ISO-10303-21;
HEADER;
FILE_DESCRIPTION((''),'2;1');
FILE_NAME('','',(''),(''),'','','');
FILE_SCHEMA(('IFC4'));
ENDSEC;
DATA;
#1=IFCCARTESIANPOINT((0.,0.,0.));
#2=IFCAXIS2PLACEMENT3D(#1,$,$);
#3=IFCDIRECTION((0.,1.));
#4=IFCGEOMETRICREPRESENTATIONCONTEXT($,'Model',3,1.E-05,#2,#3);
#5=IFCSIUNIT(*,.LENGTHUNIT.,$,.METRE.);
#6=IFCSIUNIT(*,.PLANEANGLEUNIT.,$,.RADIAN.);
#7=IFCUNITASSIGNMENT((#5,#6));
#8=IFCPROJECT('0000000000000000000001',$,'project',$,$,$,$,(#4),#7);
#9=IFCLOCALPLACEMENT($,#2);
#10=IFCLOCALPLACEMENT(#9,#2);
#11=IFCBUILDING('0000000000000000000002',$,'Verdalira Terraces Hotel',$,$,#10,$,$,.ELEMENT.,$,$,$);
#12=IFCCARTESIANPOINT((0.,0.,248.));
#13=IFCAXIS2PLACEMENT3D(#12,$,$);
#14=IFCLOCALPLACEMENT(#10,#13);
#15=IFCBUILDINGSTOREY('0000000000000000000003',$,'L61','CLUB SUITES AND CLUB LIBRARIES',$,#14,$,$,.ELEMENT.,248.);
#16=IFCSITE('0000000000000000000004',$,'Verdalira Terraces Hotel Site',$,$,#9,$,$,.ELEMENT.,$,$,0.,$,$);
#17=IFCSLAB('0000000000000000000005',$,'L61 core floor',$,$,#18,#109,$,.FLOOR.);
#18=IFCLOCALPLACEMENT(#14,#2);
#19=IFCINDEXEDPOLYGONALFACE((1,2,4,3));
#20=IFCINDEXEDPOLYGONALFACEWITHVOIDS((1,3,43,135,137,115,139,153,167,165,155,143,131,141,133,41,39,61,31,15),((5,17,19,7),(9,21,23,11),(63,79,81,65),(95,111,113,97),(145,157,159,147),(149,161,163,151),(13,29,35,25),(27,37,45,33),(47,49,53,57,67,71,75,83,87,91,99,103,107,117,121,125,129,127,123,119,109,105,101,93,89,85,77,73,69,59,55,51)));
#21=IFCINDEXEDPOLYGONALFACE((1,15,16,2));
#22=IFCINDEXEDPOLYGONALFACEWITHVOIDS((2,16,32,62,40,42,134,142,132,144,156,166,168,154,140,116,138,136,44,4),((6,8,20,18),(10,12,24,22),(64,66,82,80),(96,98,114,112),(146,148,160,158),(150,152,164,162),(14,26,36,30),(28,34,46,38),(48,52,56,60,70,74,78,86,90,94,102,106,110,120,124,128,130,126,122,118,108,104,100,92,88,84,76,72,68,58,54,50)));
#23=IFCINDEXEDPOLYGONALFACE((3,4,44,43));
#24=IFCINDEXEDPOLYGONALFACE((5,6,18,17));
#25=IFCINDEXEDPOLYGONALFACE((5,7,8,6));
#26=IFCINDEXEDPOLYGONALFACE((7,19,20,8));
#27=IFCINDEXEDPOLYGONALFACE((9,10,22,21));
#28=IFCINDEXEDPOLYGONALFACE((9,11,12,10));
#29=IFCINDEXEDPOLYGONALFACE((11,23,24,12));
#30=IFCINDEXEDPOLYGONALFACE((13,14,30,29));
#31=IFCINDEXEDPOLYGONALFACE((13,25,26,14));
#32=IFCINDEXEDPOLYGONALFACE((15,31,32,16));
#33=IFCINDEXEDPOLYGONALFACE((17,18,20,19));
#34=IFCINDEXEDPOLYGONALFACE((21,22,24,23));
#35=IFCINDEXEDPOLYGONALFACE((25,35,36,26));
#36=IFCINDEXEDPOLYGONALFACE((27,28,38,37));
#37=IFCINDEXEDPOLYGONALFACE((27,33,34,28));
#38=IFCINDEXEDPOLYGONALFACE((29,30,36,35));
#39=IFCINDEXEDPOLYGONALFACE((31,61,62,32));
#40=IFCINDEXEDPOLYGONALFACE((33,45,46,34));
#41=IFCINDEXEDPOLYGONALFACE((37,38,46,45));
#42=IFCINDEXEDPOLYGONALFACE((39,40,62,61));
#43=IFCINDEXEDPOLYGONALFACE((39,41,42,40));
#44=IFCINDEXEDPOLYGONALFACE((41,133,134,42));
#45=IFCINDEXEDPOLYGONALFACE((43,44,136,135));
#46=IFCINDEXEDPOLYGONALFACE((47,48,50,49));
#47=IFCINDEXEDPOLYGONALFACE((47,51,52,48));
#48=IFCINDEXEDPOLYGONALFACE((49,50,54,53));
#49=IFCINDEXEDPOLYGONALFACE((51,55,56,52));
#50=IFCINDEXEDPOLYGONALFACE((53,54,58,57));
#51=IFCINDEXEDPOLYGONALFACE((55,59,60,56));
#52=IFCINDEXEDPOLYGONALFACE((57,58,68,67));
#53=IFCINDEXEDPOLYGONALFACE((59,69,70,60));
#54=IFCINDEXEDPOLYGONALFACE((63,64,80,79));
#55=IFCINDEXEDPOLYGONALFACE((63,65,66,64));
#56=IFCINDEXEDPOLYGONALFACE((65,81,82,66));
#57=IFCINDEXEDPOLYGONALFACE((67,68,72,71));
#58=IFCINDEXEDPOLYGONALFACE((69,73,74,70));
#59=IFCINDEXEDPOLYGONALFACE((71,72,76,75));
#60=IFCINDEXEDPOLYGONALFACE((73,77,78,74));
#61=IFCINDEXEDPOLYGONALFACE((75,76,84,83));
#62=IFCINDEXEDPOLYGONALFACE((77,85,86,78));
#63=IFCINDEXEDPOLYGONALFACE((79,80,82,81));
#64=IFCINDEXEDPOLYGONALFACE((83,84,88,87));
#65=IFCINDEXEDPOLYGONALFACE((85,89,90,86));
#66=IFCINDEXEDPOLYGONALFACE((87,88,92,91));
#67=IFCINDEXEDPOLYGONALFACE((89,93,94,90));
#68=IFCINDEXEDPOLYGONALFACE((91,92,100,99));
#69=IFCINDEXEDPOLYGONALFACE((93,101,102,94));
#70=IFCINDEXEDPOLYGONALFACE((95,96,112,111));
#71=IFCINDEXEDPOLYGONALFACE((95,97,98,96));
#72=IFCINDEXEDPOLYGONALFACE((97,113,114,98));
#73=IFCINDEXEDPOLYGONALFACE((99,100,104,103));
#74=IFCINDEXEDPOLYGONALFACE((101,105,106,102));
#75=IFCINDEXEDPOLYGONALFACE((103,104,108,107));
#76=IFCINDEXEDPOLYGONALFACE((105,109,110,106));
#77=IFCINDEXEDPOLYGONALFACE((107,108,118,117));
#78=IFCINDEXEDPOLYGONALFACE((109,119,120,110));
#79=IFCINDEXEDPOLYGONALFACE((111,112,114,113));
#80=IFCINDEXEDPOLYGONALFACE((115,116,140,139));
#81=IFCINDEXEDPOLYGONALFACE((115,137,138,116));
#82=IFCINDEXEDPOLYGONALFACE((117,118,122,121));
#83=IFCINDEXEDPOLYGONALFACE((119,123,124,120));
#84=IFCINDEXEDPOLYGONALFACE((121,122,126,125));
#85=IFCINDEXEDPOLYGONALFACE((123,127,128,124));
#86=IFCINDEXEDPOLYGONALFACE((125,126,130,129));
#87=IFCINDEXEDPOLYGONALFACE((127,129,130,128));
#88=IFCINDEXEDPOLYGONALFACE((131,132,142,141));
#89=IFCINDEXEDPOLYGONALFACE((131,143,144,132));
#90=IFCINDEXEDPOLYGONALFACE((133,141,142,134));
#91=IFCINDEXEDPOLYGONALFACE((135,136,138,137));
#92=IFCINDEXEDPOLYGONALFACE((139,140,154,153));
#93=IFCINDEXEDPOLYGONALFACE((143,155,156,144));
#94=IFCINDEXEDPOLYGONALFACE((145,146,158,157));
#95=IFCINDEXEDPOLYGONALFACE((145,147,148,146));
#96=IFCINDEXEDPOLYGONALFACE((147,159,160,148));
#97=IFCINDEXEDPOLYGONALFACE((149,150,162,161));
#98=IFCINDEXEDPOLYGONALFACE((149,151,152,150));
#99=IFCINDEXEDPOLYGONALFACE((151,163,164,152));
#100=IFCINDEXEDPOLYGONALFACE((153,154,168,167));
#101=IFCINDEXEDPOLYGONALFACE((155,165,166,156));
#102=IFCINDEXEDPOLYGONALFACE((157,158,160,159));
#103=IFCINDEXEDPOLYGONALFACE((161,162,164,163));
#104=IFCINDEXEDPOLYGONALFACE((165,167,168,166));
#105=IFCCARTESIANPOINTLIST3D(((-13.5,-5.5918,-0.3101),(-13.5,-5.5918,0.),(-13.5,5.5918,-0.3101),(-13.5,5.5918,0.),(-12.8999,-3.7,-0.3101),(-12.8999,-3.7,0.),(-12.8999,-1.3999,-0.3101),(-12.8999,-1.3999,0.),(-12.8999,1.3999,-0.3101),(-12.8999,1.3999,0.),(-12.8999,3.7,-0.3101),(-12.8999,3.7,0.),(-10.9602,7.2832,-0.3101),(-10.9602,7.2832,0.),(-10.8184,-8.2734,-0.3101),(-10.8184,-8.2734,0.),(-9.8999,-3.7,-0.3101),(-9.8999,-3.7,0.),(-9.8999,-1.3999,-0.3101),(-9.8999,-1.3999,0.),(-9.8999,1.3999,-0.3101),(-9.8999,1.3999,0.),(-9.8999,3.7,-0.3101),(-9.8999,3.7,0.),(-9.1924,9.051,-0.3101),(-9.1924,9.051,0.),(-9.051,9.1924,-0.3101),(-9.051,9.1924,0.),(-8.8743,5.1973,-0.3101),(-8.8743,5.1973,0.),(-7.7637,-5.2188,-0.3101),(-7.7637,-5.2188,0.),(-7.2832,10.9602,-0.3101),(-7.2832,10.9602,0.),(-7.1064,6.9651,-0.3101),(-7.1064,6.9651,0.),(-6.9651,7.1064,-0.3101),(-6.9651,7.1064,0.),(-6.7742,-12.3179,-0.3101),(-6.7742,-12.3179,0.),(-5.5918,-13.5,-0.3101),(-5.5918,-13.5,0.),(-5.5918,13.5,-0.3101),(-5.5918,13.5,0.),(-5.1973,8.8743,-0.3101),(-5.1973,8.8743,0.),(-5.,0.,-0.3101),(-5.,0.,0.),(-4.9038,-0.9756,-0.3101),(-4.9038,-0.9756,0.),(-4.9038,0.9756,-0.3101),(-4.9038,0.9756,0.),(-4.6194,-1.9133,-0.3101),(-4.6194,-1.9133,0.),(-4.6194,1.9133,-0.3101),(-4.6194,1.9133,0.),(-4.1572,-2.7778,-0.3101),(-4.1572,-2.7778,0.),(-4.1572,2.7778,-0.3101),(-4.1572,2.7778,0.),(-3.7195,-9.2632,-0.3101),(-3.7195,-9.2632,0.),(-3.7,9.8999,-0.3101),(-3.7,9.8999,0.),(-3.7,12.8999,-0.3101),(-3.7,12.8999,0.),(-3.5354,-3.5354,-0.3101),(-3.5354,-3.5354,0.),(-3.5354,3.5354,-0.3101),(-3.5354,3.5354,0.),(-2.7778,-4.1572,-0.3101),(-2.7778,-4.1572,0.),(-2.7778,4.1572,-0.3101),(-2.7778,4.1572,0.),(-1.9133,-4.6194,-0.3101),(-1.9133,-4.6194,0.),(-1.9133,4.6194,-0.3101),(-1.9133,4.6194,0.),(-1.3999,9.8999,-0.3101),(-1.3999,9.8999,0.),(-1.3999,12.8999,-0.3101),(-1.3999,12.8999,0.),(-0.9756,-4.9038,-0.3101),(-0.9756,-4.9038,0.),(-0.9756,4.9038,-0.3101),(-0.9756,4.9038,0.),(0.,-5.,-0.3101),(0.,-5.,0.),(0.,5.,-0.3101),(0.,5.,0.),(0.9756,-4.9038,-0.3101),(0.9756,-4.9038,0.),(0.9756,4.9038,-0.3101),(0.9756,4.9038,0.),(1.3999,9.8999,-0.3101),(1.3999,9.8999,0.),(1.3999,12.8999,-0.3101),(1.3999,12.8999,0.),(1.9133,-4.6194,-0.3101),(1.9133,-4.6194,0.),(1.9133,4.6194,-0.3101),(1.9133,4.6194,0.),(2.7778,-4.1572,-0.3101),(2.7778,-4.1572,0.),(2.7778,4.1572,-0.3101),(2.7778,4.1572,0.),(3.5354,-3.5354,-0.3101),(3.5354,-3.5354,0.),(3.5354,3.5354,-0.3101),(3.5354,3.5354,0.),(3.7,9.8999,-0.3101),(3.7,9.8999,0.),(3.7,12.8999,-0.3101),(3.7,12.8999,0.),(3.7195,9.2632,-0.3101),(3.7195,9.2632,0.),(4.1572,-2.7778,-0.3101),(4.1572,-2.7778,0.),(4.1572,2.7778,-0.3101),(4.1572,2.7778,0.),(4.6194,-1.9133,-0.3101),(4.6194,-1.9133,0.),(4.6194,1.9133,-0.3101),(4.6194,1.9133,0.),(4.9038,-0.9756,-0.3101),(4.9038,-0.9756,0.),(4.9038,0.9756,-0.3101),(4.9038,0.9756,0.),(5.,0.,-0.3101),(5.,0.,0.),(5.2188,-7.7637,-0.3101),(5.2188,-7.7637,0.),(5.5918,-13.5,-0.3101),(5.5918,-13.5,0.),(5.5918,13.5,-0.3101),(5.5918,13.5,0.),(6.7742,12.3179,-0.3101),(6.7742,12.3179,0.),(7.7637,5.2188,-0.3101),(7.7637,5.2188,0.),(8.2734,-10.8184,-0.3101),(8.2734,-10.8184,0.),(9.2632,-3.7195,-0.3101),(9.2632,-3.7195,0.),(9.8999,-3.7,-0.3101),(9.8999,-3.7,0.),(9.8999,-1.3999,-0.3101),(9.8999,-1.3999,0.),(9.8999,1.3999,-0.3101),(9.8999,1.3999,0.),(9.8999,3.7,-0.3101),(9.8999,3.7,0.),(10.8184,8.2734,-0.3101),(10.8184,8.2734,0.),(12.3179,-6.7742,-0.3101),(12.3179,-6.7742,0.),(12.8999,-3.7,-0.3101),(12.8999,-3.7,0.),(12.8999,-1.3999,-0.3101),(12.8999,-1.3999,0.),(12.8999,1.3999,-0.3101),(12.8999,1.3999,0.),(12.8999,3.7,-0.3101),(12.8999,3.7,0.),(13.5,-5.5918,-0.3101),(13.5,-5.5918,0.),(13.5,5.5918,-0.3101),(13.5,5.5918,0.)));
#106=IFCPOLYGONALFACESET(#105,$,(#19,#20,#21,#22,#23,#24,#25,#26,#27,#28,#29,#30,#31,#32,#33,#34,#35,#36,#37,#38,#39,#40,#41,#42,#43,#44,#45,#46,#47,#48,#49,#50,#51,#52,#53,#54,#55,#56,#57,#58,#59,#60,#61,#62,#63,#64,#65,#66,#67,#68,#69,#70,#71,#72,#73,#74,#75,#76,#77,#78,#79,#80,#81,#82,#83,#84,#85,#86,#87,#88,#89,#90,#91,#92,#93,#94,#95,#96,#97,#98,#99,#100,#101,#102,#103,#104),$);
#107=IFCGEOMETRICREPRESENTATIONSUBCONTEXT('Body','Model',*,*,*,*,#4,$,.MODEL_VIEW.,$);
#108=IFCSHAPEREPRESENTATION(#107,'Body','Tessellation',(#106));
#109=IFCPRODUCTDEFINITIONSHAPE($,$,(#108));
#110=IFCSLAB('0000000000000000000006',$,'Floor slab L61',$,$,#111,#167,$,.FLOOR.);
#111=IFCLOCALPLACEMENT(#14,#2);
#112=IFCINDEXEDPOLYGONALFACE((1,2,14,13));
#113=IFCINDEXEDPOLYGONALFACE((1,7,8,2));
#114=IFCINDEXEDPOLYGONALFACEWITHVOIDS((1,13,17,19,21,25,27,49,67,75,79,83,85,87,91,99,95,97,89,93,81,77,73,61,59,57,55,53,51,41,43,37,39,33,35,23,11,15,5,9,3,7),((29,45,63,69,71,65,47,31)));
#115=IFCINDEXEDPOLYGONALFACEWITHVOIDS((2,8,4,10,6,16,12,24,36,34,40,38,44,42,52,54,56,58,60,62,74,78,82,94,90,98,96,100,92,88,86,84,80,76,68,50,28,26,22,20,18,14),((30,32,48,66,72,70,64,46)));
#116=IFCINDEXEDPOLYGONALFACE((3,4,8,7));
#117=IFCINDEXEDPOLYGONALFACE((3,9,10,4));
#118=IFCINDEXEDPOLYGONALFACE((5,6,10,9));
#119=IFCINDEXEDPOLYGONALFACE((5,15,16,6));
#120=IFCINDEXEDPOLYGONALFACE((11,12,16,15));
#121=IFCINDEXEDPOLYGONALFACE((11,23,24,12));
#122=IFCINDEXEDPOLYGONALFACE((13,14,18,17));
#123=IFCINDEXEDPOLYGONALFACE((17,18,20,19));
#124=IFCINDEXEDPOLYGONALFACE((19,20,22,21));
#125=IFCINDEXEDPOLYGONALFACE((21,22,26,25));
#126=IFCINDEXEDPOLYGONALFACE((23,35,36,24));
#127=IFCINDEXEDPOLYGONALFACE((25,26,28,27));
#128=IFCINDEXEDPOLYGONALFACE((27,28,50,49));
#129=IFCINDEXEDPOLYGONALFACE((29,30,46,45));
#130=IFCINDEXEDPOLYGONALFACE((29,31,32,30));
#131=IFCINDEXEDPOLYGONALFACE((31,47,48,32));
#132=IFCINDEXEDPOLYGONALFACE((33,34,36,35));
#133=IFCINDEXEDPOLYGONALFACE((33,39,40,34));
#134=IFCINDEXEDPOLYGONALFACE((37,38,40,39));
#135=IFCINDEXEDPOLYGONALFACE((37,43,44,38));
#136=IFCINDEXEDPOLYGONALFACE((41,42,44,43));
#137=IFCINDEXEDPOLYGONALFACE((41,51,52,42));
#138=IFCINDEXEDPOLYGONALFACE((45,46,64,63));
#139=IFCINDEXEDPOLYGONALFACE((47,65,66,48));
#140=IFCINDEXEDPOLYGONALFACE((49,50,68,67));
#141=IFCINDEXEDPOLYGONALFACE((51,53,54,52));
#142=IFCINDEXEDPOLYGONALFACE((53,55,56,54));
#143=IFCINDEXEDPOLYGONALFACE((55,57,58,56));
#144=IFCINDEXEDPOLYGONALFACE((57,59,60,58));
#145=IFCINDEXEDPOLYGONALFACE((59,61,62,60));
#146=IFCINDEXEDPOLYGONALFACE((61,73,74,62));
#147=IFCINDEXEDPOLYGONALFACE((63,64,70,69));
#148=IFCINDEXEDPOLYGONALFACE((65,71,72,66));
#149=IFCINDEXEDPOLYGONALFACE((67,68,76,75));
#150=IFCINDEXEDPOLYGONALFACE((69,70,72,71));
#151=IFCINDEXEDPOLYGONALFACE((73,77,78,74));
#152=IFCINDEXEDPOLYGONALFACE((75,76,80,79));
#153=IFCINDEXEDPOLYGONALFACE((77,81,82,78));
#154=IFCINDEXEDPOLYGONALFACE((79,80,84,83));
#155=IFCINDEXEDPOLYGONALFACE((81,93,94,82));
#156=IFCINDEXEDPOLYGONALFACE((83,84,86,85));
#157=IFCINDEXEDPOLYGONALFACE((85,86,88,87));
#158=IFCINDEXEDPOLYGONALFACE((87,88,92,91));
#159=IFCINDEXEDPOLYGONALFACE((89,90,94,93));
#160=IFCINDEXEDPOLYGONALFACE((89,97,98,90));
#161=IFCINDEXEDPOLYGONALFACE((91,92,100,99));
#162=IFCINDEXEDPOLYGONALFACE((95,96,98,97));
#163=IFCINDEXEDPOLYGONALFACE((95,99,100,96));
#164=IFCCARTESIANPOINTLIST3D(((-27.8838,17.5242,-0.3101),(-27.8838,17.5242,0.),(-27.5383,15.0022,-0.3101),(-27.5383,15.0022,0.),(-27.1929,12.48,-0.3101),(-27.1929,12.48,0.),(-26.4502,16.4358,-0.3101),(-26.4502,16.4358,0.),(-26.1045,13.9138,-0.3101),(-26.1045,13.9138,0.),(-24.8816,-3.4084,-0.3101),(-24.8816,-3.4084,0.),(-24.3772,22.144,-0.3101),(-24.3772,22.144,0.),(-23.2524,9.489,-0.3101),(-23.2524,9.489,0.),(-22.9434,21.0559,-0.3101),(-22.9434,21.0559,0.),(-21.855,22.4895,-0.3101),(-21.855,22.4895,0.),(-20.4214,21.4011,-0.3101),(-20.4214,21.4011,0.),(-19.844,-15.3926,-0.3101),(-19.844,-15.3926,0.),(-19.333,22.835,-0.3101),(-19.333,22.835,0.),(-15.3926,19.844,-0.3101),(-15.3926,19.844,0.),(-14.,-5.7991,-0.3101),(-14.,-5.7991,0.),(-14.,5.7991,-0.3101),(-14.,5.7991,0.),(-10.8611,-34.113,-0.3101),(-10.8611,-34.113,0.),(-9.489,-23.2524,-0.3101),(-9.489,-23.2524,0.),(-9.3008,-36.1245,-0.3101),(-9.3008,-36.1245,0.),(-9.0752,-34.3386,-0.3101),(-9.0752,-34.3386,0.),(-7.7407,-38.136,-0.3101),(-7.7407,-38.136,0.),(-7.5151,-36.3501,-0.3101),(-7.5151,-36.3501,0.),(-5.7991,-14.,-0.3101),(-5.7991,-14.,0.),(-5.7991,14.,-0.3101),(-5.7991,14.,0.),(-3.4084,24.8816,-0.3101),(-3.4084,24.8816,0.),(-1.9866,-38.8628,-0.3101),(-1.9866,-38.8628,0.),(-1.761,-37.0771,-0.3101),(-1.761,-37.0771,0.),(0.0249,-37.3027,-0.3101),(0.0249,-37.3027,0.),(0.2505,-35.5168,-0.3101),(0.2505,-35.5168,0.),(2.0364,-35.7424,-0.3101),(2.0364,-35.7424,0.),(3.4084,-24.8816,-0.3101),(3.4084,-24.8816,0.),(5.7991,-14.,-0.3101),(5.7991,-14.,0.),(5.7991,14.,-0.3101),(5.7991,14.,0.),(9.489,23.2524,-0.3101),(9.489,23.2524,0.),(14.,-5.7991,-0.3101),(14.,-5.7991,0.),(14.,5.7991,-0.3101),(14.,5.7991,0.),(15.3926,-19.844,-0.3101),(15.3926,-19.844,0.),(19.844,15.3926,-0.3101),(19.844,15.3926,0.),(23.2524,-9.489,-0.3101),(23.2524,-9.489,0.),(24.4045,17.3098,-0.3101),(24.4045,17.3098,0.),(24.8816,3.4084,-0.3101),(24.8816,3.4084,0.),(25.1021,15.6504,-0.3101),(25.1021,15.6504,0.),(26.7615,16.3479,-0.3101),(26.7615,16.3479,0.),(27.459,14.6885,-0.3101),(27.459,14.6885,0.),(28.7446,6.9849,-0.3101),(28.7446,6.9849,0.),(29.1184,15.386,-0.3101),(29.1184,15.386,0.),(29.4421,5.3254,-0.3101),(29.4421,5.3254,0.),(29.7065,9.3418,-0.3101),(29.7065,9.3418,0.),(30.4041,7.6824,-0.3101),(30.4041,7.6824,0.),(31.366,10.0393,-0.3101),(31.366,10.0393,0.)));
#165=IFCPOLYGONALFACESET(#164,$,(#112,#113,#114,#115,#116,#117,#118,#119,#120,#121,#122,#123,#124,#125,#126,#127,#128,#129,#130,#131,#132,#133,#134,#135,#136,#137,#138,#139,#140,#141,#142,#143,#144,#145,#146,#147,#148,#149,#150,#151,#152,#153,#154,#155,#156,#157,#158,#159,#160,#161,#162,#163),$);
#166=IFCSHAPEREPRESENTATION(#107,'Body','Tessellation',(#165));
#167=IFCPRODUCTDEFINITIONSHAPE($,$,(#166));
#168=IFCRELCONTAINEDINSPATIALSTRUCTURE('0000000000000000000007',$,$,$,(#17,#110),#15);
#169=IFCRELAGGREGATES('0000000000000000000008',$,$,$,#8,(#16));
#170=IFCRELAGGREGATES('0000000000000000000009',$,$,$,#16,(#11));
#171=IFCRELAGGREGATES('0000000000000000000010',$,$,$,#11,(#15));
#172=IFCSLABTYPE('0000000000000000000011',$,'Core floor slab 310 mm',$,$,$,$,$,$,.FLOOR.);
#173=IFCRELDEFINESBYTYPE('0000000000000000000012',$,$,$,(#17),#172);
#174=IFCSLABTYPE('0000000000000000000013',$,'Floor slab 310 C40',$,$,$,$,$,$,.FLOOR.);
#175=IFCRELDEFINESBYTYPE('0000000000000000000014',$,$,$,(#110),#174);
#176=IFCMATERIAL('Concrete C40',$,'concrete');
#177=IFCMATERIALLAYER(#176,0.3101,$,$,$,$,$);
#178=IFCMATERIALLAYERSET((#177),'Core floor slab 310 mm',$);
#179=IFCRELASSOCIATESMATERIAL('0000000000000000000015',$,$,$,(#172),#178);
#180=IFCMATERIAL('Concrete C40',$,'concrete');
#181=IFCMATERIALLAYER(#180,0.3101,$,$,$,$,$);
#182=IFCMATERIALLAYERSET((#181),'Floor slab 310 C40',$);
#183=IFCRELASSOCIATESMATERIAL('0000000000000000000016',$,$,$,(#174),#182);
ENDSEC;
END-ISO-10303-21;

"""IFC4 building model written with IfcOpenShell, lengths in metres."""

from ifc_helpers import new_model, si_unit, direction, frame, origin, place, context, subcontext, project, spatial, polyline, outline, extrude, material, layer, layer_set, type_object, element, save


model = new_model("IFC4")

# Units and contexts
model_context = context("Model", 3, precision=1e-05, world=origin(), true_north=direction((0.0, 1.0)))
body_context = subcontext(model_context, "Body", "Model", "MODEL_VIEW")
ifc_project = project(units=[si_unit("LENGTHUNIT", "METRE"), si_unit("PLANEANGLEUNIT", "RADIAN")], contexts=[model_context])

# Site, building, storey
site_placement = place(None, origin())
site = spatial("IfcSite", under=ifc_project, at=site_placement, Name="Verdalira Terraces Hotel Site", CompositionType="ELEMENT", RefElevation=0.0)
building_placement = place(site_placement, origin())
building = spatial("IfcBuilding", under=site, at=building_placement, Name="Verdalira Terraces Hotel", CompositionType="ELEMENT")
storey_placement = place(building_placement, frame((0.0, 0.0, 248.0)))
storey = spatial("IfcBuildingStorey", under=building, at=storey_placement, Name="L61", Description="CLUB SUITES AND CLUB LIBRARIES", CompositionType="ELEMENT", Elevation=248.0)

# Slabs
ifc_material_1 = material(Name="Concrete C40", Category="concrete")
ifc_layer_1 = layer(ifc_material_1, 0.3101)
ifc_layer_set_1 = layer_set([ifc_layer_1], Name="Core floor slab 310 mm")
slab_type_1 = type_object("IfcSlabType", Name="Core floor slab 310 mm", PredefinedType="FLOOR", material=ifc_layer_set_1)
slab_1_placement = place(storey_placement, frame((0.0, 0.0, -0.3101)))
element("IfcSlab", 1, at=slab_1_placement, inside=storey, type_object=slab_type_1, Name="L61 core floor", PredefinedType="FLOOR", context=body_context, shape_type="SweptSolid", body=[
    extrude(outline(polyline([(-6.7742, -12.3179), (-3.7195, -9.2632), (-7.7637, -5.2188), (-10.8184, -8.2734), (-13.5, -5.5918), (-13.5, 5.5918), (-5.5918, 13.5), (5.5918, 13.5), (6.7742, 12.3179), (3.7195, 9.2632), (7.7637, 5.2188), (10.8184, 8.2734), (13.5, 5.5918), (13.5, -5.5918), (12.3179, -6.7742), (9.2632, -3.7195), (5.2188, -7.7637), (8.2734, -10.8184), (5.5918, -13.5), (-5.5918, -13.5), (-6.7742, -12.3179)]), holes=[polyline([(9.8999, -1.3999), (9.8999, -3.7), (12.8999, -3.7), (12.8999, -1.3999), (9.8999, -1.3999)]), polyline([(9.8999, 3.7), (9.8999, 1.3999), (12.8999, 1.3999), (12.8999, 3.7), (9.8999, 3.7)]), polyline([(3.7, 12.8999), (1.3999, 12.8999), (1.3999, 9.8999), (3.7, 9.8999), (3.7, 12.8999)]), polyline([(-1.3999, 12.8999), (-3.7, 12.8999), (-3.7, 9.8999), (-1.3999, 9.8999), (-1.3999, 12.8999)]), polyline([(-9.8999, 1.3999), (-9.8999, 3.7), (-12.8999, 3.7), (-12.8999, 1.3999), (-9.8999, 1.3999)]), polyline([(-9.8999, -3.7), (-9.8999, -1.3999), (-12.8999, -1.3999), (-12.8999, -3.7), (-9.8999, -3.7)]), polyline([(-9.051, 9.1924), (-6.9651, 7.1064), (-5.1973, 8.8743), (-7.2832, 10.9602), (-9.051, 9.1924)]), polyline([(-9.1924, 9.051), (-10.9602, 7.2832), (-8.8743, 5.1973), (-7.1064, 6.9651), (-9.1924, 9.051)]), polyline([(3.5354, 3.5354), (2.7778, 4.1572), (1.9133, 4.6194), (0.9756, 4.9038), (0.0, 5.0), (-0.9756, 4.9038), (-1.9133, 4.6194), (-2.7778, 4.1572), (-3.5354, 3.5354), (-4.1572, 2.7778), (-4.6194, 1.9133), (-4.9038, 0.9756), (-5.0, 0.0), (-4.9038, -0.9756), (-4.6194, -1.9133), (-4.1572, -2.7778), (-3.5354, -3.5354), (-2.7778, -4.1572), (-1.9133, -4.6194), (-0.9756, -4.9038), (0.0, -5.0), (0.9756, -4.9038), (1.9133, -4.6194), (2.7778, -4.1572), (3.5354, -3.5354), (4.1572, -2.7778), (4.6194, -1.9133), (4.9038, -0.9756), (5.0, 0.0), (4.9038, 0.9756), (4.6194, 1.9133), (4.1572, 2.7778), (3.5354, 3.5354)])]), origin(), (0.0, 0.0, 1.0), 0.3101),
])
ifc_material_2 = material(Name="Concrete C40", Category="concrete")
ifc_layer_2 = layer(ifc_material_2, 0.3101)
ifc_layer_set_2 = layer_set([ifc_layer_2], Name="Floor slab 310 C40")
slab_type_2 = type_object("IfcSlabType", Name="Floor slab 310 C40", PredefinedType="FLOOR", material=ifc_layer_set_2)
slab_2_placement = place(storey_placement, frame((0.0, 0.0, -0.3101)))
element("IfcSlab", 2, at=slab_2_placement, inside=storey, type_object=slab_type_2, Name="Floor slab L61", PredefinedType="FLOOR", context=body_context, shape_type="SweptSolid", body=[
    extrude(outline(polyline([(-3.4084, 24.8816), (-15.3926, 19.844), (-19.333, 22.835), (-20.4214, 21.4011), (-21.855, 22.4895), (-22.9434, 21.0559), (-24.3772, 22.144), (-27.8838, 17.5242), (-26.4502, 16.4358), (-27.5383, 15.0022), (-26.1045, 13.9138), (-27.1929, 12.48), (-23.2524, 9.489), (-24.8816, -3.4084), (-19.844, -15.3926), (-9.489, -23.2524), (-10.8611, -34.113), (-9.0752, -34.3386), (-9.3008, -36.1245), (-7.5151, -36.3501), (-7.7407, -38.136), (-1.9866, -38.8628), (-1.761, -37.0771), (0.0249, -37.3027), (0.2505, -35.5168), (2.0364, -35.7424), (3.4084, -24.8816), (15.3926, -19.844), (23.2524, -9.489), (24.8816, 3.4084), (29.4421, 5.3254), (28.7446, 6.9849), (30.4041, 7.6824), (29.7065, 9.3418), (31.366, 10.0393), (29.1184, 15.386), (27.459, 14.6885), (26.7615, 16.3479), (25.1021, 15.6504), (24.4045, 17.3098), (19.844, 15.3926), (9.489, 23.2524), (-3.4084, 24.8816)]), holes=[polyline([(5.7991, 14.0), (14.0, 5.7991), (14.0, -5.7991), (5.7991, -14.0), (-5.7991, -14.0), (-14.0, -5.7991), (-14.0, 5.7991), (-5.7991, 14.0), (5.7991, 14.0)])]), origin(), (0.0, 0.0, 1.0), 0.3101),
])

save(model, "model.ifc")
